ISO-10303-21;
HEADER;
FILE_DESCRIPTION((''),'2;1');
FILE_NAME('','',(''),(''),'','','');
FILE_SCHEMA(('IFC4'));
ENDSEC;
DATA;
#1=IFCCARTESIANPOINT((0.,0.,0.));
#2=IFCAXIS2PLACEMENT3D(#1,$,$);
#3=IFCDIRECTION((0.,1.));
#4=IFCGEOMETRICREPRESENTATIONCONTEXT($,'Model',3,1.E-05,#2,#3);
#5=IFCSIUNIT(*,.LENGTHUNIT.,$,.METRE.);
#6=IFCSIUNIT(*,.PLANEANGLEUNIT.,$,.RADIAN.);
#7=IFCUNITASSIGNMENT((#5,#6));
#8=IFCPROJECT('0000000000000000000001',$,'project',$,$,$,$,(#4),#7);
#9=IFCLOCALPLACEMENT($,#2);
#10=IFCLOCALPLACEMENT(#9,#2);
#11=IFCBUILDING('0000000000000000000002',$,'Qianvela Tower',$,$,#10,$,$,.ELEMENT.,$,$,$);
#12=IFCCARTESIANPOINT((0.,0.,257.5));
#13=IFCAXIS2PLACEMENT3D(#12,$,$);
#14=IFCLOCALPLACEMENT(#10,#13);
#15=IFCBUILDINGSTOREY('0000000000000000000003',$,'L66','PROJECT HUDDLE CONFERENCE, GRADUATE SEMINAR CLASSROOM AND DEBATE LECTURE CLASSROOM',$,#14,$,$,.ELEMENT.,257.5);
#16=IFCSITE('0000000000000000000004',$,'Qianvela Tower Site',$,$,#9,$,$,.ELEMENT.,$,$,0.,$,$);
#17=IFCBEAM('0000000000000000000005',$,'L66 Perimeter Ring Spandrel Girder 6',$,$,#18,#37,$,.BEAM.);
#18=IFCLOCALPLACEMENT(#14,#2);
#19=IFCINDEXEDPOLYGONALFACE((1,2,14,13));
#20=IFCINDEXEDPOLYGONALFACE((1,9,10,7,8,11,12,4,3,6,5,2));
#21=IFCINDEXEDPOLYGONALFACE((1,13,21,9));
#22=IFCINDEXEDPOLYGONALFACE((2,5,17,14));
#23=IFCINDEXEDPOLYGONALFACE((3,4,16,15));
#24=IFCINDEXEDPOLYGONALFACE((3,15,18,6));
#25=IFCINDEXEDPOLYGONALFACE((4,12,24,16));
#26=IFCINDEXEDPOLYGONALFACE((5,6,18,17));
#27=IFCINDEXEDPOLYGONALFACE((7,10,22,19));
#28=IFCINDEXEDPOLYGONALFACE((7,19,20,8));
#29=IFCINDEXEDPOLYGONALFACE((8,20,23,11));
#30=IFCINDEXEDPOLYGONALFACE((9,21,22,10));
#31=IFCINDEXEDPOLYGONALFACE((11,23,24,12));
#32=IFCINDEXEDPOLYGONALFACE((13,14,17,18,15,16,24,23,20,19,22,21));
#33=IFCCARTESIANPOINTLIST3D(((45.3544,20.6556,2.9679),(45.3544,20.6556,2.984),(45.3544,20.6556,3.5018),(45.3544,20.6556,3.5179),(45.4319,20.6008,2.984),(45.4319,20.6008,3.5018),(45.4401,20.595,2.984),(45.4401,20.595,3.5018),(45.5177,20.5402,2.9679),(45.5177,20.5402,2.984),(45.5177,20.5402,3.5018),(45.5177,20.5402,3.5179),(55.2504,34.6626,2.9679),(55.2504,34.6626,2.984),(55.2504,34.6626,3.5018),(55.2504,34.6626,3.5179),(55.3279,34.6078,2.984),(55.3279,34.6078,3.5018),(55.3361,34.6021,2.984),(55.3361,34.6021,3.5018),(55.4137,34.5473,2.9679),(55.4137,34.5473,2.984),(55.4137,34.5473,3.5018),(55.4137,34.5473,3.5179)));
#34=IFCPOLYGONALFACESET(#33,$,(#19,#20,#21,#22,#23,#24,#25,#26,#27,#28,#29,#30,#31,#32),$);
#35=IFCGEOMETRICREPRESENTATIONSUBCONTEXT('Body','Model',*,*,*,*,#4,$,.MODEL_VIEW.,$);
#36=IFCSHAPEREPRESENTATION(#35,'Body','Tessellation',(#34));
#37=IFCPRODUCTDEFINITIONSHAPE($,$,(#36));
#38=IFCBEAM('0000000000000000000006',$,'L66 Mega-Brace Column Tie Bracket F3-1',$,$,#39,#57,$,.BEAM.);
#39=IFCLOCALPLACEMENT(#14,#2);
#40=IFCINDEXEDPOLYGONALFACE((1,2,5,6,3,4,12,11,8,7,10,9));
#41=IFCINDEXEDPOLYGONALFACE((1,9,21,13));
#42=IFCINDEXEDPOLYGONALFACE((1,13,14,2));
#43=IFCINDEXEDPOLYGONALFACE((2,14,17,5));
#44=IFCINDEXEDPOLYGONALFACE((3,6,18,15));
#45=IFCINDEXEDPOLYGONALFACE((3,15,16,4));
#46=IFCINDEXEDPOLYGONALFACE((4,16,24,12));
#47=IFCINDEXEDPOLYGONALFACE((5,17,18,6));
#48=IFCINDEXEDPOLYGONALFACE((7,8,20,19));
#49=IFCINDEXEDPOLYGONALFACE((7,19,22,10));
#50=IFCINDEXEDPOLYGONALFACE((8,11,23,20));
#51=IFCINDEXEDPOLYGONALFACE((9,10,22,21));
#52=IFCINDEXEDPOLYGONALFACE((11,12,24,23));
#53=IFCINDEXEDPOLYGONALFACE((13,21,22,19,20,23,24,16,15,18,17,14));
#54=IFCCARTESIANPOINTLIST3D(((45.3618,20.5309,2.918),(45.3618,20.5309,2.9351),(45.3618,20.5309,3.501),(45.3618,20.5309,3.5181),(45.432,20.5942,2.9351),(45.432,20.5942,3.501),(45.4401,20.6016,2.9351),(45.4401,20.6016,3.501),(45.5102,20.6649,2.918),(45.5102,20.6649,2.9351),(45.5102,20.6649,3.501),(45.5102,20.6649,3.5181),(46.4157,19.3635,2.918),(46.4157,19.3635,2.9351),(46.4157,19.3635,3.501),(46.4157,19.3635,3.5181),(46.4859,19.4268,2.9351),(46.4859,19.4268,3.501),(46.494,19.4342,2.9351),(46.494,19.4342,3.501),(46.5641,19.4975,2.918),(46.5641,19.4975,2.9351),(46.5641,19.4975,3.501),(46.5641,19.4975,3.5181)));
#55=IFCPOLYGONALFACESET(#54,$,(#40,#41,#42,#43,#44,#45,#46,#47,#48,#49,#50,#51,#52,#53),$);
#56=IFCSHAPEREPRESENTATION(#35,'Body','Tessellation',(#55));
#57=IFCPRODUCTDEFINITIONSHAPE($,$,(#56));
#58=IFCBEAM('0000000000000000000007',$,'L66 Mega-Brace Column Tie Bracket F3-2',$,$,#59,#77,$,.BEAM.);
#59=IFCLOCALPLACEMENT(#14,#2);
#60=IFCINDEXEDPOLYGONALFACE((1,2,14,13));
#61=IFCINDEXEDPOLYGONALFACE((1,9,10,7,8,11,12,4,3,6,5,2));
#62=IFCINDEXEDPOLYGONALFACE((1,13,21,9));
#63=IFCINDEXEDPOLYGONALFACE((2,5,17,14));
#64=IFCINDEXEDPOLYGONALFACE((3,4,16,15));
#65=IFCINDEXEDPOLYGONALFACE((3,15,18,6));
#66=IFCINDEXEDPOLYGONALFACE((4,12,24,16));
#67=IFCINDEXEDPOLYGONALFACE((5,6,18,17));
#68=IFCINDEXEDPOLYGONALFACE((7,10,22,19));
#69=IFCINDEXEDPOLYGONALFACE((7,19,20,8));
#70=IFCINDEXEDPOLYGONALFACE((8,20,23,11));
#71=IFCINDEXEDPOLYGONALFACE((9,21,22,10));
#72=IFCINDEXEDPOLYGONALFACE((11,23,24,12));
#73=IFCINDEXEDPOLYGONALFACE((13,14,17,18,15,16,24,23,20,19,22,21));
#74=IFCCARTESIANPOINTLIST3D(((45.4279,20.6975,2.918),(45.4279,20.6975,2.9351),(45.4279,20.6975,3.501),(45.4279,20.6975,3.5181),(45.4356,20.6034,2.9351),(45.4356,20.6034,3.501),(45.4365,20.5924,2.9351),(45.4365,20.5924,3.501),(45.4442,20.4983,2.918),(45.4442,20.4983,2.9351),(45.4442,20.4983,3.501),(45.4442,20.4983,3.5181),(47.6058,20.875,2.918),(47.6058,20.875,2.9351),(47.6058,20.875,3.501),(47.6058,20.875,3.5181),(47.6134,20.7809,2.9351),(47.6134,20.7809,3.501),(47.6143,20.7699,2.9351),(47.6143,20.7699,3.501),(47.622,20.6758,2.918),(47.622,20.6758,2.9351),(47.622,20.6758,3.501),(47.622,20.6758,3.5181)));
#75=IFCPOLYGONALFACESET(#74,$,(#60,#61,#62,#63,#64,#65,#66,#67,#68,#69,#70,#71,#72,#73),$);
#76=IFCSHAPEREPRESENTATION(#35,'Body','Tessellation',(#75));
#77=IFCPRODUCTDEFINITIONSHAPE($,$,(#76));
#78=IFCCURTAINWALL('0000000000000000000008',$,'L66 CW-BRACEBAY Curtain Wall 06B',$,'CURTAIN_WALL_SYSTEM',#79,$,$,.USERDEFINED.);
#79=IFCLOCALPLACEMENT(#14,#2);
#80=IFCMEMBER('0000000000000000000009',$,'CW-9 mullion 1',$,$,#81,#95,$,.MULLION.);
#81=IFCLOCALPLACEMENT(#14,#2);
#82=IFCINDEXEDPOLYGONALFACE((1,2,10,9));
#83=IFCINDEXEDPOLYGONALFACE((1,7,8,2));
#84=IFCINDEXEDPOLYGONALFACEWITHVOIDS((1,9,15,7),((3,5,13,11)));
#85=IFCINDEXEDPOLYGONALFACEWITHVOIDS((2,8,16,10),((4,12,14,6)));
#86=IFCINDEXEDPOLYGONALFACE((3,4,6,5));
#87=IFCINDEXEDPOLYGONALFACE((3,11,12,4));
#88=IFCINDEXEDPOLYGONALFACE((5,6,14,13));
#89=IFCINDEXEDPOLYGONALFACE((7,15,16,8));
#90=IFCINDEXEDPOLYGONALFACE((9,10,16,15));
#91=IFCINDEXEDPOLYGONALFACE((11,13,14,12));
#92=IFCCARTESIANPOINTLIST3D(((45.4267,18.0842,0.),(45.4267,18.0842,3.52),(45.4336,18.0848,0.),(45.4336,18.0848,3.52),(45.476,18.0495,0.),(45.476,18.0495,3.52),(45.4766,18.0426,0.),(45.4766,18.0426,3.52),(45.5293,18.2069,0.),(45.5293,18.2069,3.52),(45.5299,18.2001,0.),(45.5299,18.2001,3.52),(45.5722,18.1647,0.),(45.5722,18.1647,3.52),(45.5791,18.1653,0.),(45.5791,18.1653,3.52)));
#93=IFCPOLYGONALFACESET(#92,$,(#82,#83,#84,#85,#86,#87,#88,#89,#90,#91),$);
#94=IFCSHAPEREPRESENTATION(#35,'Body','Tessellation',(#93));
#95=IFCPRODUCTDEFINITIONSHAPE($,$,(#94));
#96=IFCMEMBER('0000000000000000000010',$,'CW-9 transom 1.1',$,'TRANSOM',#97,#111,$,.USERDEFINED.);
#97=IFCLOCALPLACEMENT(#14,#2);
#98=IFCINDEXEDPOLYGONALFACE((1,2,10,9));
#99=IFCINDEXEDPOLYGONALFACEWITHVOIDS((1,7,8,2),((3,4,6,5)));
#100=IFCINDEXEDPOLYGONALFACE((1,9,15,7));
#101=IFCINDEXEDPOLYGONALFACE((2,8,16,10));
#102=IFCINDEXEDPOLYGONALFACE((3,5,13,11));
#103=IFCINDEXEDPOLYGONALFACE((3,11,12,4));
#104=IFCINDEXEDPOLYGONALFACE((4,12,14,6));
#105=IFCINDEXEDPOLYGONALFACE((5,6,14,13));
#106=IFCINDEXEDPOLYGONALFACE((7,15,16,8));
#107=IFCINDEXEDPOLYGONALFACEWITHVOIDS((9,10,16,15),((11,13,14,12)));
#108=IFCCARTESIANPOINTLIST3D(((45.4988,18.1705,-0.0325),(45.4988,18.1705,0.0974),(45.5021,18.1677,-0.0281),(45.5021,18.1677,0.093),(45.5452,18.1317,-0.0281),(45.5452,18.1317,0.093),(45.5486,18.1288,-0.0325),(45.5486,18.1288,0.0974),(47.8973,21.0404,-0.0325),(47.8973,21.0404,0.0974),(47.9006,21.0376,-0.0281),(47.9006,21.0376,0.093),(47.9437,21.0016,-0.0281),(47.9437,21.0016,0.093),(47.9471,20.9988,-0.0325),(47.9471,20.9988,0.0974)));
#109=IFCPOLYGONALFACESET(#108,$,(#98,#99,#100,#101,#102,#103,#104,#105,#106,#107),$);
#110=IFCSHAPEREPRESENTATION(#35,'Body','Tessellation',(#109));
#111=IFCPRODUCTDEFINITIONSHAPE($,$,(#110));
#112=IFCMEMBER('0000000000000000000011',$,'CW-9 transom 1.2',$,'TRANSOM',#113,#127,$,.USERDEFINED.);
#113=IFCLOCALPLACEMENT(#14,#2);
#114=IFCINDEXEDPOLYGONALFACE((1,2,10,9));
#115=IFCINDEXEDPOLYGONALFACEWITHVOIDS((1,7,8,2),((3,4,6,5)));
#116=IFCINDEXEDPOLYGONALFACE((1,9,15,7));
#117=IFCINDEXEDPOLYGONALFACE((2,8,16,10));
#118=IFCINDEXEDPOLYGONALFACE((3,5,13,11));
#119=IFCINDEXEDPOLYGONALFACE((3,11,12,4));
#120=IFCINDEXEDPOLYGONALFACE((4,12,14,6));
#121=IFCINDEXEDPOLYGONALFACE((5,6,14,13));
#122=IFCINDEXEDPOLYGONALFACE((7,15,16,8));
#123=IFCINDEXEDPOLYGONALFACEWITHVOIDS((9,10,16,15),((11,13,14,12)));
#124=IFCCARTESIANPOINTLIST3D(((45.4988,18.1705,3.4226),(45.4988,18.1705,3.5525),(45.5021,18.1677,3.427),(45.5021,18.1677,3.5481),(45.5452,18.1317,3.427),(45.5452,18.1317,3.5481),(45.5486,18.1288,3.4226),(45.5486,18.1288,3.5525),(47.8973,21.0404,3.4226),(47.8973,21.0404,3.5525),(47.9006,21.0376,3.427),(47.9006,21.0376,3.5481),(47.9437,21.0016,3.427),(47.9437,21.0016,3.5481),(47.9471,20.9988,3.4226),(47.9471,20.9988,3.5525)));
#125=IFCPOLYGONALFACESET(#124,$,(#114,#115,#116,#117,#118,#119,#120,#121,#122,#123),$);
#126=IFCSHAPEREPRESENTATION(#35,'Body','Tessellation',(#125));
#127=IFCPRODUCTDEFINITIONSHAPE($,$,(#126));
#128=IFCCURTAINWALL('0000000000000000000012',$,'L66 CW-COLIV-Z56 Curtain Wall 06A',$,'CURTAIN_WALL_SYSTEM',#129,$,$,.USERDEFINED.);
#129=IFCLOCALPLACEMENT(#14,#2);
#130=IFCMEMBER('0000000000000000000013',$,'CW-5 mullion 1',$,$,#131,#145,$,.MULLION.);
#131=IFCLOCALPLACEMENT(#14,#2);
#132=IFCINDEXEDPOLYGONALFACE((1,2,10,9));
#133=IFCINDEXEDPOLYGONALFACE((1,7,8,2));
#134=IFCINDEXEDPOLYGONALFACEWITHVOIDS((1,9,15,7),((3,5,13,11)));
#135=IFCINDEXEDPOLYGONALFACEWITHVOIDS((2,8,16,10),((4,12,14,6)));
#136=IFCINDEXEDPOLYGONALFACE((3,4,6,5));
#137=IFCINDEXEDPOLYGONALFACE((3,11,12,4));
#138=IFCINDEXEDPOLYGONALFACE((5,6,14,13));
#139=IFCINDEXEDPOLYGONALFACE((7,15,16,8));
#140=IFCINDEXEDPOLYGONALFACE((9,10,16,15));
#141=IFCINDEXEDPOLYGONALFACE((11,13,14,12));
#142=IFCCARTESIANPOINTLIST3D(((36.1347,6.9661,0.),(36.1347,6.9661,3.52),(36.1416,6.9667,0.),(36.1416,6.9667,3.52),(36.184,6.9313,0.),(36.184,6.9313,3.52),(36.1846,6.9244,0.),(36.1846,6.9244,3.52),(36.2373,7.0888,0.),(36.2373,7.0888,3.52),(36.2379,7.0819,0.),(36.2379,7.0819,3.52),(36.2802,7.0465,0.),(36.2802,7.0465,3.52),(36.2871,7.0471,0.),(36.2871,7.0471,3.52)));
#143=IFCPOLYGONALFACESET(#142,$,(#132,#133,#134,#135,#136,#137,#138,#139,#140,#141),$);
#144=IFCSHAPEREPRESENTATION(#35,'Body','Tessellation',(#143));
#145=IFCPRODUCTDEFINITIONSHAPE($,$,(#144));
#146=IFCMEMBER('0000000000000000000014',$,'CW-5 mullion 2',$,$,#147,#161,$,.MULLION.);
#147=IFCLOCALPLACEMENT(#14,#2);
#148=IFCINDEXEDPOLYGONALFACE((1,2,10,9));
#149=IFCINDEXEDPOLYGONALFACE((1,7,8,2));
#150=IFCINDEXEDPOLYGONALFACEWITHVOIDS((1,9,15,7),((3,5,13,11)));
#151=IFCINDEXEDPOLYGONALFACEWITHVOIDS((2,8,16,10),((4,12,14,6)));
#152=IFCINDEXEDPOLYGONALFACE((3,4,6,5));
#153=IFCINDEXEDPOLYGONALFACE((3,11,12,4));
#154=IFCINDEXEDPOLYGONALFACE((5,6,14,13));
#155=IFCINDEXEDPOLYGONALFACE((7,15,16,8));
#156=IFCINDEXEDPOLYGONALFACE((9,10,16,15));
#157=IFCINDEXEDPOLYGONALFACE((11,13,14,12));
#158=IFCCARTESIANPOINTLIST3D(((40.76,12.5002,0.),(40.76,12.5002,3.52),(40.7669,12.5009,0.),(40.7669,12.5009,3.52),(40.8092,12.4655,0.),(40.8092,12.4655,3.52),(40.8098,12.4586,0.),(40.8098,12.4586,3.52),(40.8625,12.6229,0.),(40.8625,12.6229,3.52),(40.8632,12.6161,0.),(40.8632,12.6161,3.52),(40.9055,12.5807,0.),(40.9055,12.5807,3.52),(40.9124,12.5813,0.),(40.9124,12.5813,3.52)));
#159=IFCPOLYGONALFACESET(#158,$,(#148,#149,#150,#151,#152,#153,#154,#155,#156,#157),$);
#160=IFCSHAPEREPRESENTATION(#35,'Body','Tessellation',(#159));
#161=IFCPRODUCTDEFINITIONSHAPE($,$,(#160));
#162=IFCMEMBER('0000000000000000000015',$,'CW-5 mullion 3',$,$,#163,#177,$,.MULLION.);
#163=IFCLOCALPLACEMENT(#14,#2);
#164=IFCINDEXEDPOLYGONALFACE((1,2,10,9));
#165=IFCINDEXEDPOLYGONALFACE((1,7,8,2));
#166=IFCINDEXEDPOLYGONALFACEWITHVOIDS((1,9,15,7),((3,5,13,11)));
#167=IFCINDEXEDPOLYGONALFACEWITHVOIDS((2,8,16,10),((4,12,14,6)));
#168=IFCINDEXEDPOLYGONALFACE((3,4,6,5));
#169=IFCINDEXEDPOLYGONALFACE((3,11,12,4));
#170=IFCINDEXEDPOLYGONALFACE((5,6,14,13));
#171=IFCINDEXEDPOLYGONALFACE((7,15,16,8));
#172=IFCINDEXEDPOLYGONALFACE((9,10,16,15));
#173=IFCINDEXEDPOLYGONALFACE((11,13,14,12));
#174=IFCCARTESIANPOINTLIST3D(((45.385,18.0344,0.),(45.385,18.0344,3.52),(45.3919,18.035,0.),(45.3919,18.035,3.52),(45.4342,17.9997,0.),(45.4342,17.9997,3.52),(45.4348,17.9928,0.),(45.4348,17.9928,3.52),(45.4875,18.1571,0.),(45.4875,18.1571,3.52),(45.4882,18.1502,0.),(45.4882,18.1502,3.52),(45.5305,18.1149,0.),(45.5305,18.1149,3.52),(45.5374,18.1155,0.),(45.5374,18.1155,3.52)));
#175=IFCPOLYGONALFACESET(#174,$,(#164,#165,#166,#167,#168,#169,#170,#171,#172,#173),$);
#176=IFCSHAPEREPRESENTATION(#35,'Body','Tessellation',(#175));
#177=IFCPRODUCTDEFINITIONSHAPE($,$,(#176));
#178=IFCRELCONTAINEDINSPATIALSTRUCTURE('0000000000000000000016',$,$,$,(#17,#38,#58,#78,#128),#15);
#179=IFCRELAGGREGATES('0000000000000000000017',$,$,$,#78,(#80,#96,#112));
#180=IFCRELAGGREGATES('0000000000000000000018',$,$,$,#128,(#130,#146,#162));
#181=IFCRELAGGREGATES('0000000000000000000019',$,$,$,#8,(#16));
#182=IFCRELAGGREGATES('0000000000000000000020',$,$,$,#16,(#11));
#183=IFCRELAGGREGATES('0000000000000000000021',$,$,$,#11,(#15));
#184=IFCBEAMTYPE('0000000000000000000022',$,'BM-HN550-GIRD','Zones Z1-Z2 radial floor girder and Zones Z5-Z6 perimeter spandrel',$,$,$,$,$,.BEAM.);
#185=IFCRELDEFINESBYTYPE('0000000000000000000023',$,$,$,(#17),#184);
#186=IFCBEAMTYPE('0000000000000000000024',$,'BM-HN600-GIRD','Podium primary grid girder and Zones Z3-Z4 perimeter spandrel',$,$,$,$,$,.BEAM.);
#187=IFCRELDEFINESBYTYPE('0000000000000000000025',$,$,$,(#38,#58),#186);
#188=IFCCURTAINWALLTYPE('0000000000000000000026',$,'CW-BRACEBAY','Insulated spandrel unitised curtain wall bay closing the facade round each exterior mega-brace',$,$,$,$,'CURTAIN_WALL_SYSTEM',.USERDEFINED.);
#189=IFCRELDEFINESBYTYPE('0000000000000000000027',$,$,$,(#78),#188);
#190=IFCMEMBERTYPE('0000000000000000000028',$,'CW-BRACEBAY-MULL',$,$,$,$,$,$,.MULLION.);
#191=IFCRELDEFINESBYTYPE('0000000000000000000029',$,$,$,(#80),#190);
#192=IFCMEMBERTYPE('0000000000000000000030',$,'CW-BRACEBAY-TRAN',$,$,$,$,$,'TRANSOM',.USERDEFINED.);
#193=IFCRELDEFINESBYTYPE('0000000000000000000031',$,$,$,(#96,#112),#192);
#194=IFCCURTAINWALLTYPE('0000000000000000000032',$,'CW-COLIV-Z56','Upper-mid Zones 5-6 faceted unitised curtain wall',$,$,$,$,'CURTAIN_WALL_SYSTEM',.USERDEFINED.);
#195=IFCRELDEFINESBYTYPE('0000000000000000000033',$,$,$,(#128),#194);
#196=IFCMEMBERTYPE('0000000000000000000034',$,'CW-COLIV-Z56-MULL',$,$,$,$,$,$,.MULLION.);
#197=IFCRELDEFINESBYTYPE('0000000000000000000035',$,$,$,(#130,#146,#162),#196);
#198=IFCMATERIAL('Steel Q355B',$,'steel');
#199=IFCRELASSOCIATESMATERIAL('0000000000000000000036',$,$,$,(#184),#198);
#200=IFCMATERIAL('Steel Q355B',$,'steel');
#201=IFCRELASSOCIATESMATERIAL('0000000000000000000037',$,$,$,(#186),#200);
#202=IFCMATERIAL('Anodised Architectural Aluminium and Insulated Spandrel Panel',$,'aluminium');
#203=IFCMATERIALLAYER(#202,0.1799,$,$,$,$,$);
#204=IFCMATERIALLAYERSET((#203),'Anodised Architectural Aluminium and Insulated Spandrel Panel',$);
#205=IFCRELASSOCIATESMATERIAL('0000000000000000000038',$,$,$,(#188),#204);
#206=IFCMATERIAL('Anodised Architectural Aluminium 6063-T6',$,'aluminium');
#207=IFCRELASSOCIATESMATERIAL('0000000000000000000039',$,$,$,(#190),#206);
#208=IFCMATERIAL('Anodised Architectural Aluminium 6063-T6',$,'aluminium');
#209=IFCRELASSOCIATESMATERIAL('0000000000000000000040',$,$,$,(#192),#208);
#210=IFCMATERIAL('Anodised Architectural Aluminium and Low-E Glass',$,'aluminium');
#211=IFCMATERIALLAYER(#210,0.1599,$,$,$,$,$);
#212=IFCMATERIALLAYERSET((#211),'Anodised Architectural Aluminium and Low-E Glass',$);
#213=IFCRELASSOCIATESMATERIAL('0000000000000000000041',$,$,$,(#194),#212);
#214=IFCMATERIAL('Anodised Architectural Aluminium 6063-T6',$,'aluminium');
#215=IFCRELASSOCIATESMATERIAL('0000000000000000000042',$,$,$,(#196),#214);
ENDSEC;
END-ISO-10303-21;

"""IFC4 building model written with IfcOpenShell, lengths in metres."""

from ifc_helpers import new_model, si_unit, direction, frame, origin, origin_2d, place, context, subcontext, project, spatial, hollow_rectangle, i_section, extrude, material, layer, layer_set, material_profile, profile_set, type_object, element, aggregate, save


model = new_model("IFC4")

# Units and contexts
model_context = context("Model", 3, precision=1e-05, world=origin(), true_north=direction((0.0, 1.0)))
body_context = subcontext(model_context, "Body", "Model", "MODEL_VIEW")
ifc_project = project(units=[si_unit("LENGTHUNIT", "METRE"), si_unit("PLANEANGLEUNIT", "RADIAN")], contexts=[model_context])

# Site, building, storey
site_placement = place(None, origin())
site = spatial("IfcSite", under=ifc_project, at=site_placement, Name="Qianvela Tower Site", CompositionType="ELEMENT", RefElevation=0.0)
building_placement = place(site_placement, origin())
building = spatial("IfcBuilding", under=site, at=building_placement, Name="Qianvela Tower", CompositionType="ELEMENT")
storey_placement = place(building_placement, frame((0.0, 0.0, 257.5)))
storey = spatial("IfcBuildingStorey", under=building, at=storey_placement, Name="L66", Description="PROJECT HUDDLE CONFERENCE, GRADUATE SEMINAR CLASSROOM AND DEBATE LECTURE CLASSROOM", CompositionType="ELEMENT", Elevation=257.5)

# Beams
ifc_material_1 = material(Name="Steel Q355B", Category="steel")
ifc_material_profile_1 = material_profile(ifc_material_1, i_section(OverallWidth=0.2, OverallDepth=0.55, WebThickness=0.01, FlangeThickness=0.0161, at=origin_2d()), Name="HN550x200x10x16")
ifc_profile_set_1 = profile_set([ifc_material_profile_1], Name="Steel Q355B")
beam_type_1 = type_object("IfcBeamType", Name="BM-HN550-GIRD", Description="Zones Z1-Z2 radial floor girder and Zones Z5-Z6 perimeter spandrel", PredefinedType="BEAM", material=ifc_profile_set_1)
beam_1_placement = place(storey_placement, frame((45.436, 20.5979, 3.2429), z_axis=(0.57702, 0.81673, 0.0), x_axis=(-0.81673, 0.57702, 0.0)))
element("IfcBeam", 1, at=beam_1_placement, inside=storey, type_object=beam_type_1, Name="L66 Perimeter Ring Spandrel Girder 6", PredefinedType="BEAM", context=body_context, shape_type="SweptSolid", body=[
    extrude(i_section(OverallWidth=0.2, OverallDepth=0.55, WebThickness=0.01, FlangeThickness=0.0161, at=origin_2d()), origin(), (0.0, 0.0, 1.0), 17.1501),
])
ifc_material_2 = material(Name="Steel Q355B", Category="steel")
ifc_material_profile_2 = material_profile(ifc_material_2, i_section(OverallWidth=0.2, OverallDepth=0.6001, WebThickness=0.011, FlangeThickness=0.0171, at=origin_2d()), Name="HN600x200x11x17")
ifc_profile_set_2 = profile_set([ifc_material_profile_2], Name="Steel Q355B")
beam_type_2 = type_object("IfcBeamType", Name="BM-HN600-GIRD", Description="Podium primary grid girder and Zones Z3-Z4 perimeter spandrel", PredefinedType="BEAM", material=ifc_profile_set_2)
beam_2_placement = place(storey_placement, frame((45.436, 20.5979, 3.218), z_axis=(0.670096, -0.742274, 0.0), x_axis=(0.742274, 0.670096, 0.0)))
element("IfcBeam", 2, at=beam_2_placement, inside=storey, type_object=beam_type_2, Name="L66 Mega-Brace Column Tie Bracket F3-1", PredefinedType="BEAM", context=body_context, shape_type="SweptSolid", body=[
    extrude(i_section(OverallWidth=0.2, OverallDepth=0.6001, WebThickness=0.011, FlangeThickness=0.0171, at=origin_2d()), origin(), (0.0, 0.0, 1.0), 1.5728),
])
beam_3_placement = place(storey_placement, frame((45.436, 20.5979, 3.218), z_axis=(0.996695, 0.081233, 0.0), x_axis=(-0.081233, 0.996695, 0.0)))
element("IfcBeam", 3, at=beam_3_placement, inside=storey, type_object=beam_type_2, Name="L66 Mega-Brace Column Tie Bracket F3-2", PredefinedType="BEAM", context=body_context, shape_type="SweptSolid", body=[
    extrude(i_section(OverallWidth=0.2, OverallDepth=0.6001, WebThickness=0.011, FlangeThickness=0.0171, at=origin_2d()), origin(), (0.0, 0.0, 1.0), 2.1851),
])

# Curtain walls, members
ifc_material_3 = material(Name="Anodised Architectural Aluminium and Insulated Spandrel Panel", Category="aluminium")
ifc_layer_1 = layer(ifc_material_3, 0.1799)
ifc_layer_set_1 = layer_set([ifc_layer_1], Name="Anodised Architectural Aluminium and Insulated Spandrel Panel")
curtain_wall_type_1 = type_object("IfcCurtainWallType", Name="CW-BRACEBAY", Description="Insulated spandrel unitised curtain wall bay closing the facade round each exterior mega-brace", ElementType="CURTAIN_WALL_SYSTEM", PredefinedType="USERDEFINED", material=ifc_layer_set_1)
curtain_wall_1_placement = place(storey_placement, origin())
curtain_wall_1 = element("IfcCurtainWall", 4, at=curtain_wall_1_placement, inside=storey, type_object=curtain_wall_type_1, Name="L66 CW-BRACEBAY Curtain Wall 06B", ObjectType="CURTAIN_WALL_SYSTEM", PredefinedType="USERDEFINED")
ifc_material_4 = material(Name="Anodised Architectural Aluminium 6063-T6", Category="aluminium")
ifc_material_profile_3 = material_profile(ifc_material_4, hollow_rectangle(XDim=0.0649, YDim=0.1599, WallThickness=0.0049, at=origin_2d()), Name="ALU-MULL-65x160")
ifc_profile_set_3 = profile_set([ifc_material_profile_3], Name="Anodised Architectural Aluminium 6063-T6")
member_type_1 = type_object("IfcMemberType", Name="CW-BRACEBAY-MULL", PredefinedType="MULLION", material=ifc_profile_set_3)
member_1_placement = place(storey_placement, frame((45.5029, 18.1248, 0.0), z_axis=(0.0, 0.0, 1.0), x_axis=(-0.767316, 0.641269, 0.0)))
member_1 = element("IfcMember", 5, at=member_1_placement, type_object=member_type_1, Name="CW-9 mullion 1", PredefinedType="MULLION", context=body_context, shape_type="SweptSolid", body=[
    extrude(hollow_rectangle(XDim=0.0649, YDim=0.1599, WallThickness=0.0049, at=origin_2d()), origin(), (0.0, 0.0, 1.0), 3.52),
])
ifc_material_5 = material(Name="Anodised Architectural Aluminium 6063-T6", Category="aluminium")
ifc_material_profile_4 = material_profile(ifc_material_5, hollow_rectangle(XDim=0.0649, YDim=0.1299, WallThickness=0.0044, at=origin_2d()), Name="ALU-TRAN-65x130")
ifc_profile_set_4 = profile_set([ifc_material_profile_4], Name="Anodised Architectural Aluminium 6063-T6")
member_type_2 = type_object("IfcMemberType", Name="CW-BRACEBAY-TRAN", ElementType="TRANSOM", PredefinedType="USERDEFINED", material=ifc_profile_set_4)
member_2_placement = place(storey_placement, frame((45.5237, 18.1497, 0.0325), z_axis=(0.641269, 0.767316, 0.0), x_axis=(-0.767316, 0.641269, 0.0)))
member_2 = element("IfcMember", 6, at=member_2_placement, type_object=member_type_2, Name="CW-9 transom 1.1", ObjectType="TRANSOM", PredefinedType="USERDEFINED", context=body_context, shape_type="SweptSolid", body=[
    extrude(hollow_rectangle(XDim=0.0649, YDim=0.1299, WallThickness=0.0044, at=origin_2d()), origin(), (0.0, 0.0, 1.0), 3.7402),
])
member_3_placement = place(storey_placement, frame((45.5237, 18.1497, 3.4875), z_axis=(0.641269, 0.767316, 0.0), x_axis=(-0.767316, 0.641269, 0.0)))
member_3 = element("IfcMember", 7, at=member_3_placement, type_object=member_type_2, Name="CW-9 transom 1.2", ObjectType="TRANSOM", PredefinedType="USERDEFINED", context=body_context, shape_type="SweptSolid", body=[
    extrude(hollow_rectangle(XDim=0.0649, YDim=0.1299, WallThickness=0.0044, at=origin_2d()), origin(), (0.0, 0.0, 1.0), 3.7402),
])
ifc_material_6 = material(Name="Anodised Architectural Aluminium and Low-E Glass", Category="aluminium")
ifc_layer_2 = layer(ifc_material_6, 0.1599)
ifc_layer_set_2 = layer_set([ifc_layer_2], Name="Anodised Architectural Aluminium and Low-E Glass")
curtain_wall_type_2 = type_object("IfcCurtainWallType", Name="CW-COLIV-Z56", Description="Upper-mid Zones 5-6 faceted unitised curtain wall", ElementType="CURTAIN_WALL_SYSTEM", PredefinedType="USERDEFINED", material=ifc_layer_set_2)
curtain_wall_2_placement = place(storey_placement, origin())
curtain_wall_2 = element("IfcCurtainWall", 8, at=curtain_wall_2_placement, inside=storey, type_object=curtain_wall_type_2, Name="L66 CW-COLIV-Z56 Curtain Wall 06A", ObjectType="CURTAIN_WALL_SYSTEM", PredefinedType="USERDEFINED")
ifc_material_7 = material(Name="Anodised Architectural Aluminium 6063-T6", Category="aluminium")
ifc_material_profile_5 = material_profile(ifc_material_7, hollow_rectangle(XDim=0.0649, YDim=0.1599, WallThickness=0.0049, at=origin_2d()), Name="ALU-MULL-65x160")
ifc_profile_set_5 = profile_set([ifc_material_profile_5], Name="Anodised Architectural Aluminium 6063-T6")
member_type_3 = type_object("IfcMemberType", Name="CW-COLIV-Z56-MULL", PredefinedType="MULLION", material=ifc_profile_set_5)
member_4_placement = place(storey_placement, frame((36.2109, 7.0066, 0.0), z_axis=(0.0, 0.0, 1.0), x_axis=(-0.767313, 0.641273, 0.0)))
member_4 = element("IfcMember", 9, at=member_4_placement, type_object=member_type_3, Name="CW-5 mullion 1", PredefinedType="MULLION", context=body_context, shape_type="SweptSolid", body=[
    extrude(hollow_rectangle(XDim=0.0649, YDim=0.1599, WallThickness=0.0049, at=origin_2d()), origin(), (0.0, 0.0, 1.0), 3.52),
])
member_5_placement = place(storey_placement, frame((40.8362, 12.5408, 0.0), z_axis=(0.0, 0.0, 1.0), x_axis=(-0.767313, 0.641273, 0.0)))
member_5 = element("IfcMember", 10, at=member_5_placement, type_object=member_type_3, Name="CW-5 mullion 2", PredefinedType="MULLION", context=body_context, shape_type="SweptSolid", body=[
    extrude(hollow_rectangle(XDim=0.0649, YDim=0.1599, WallThickness=0.0049, at=origin_2d()), origin(), (0.0, 0.0, 1.0), 3.52),
])
member_6_placement = place(storey_placement, frame((45.4612, 18.075, 0.0), z_axis=(0.0, 0.0, 1.0), x_axis=(-0.767313, 0.641273, 0.0)))
member_6 = element("IfcMember", 11, at=member_6_placement, type_object=member_type_3, Name="CW-5 mullion 3", PredefinedType="MULLION", context=body_context, shape_type="SweptSolid", body=[
    extrude(hollow_rectangle(XDim=0.0649, YDim=0.1599, WallThickness=0.0049, at=origin_2d()), origin(), (0.0, 0.0, 1.0), 3.52),
])

aggregate(curtain_wall_1, [member_1, member_2, member_3])
aggregate(curtain_wall_2, [member_4, member_5, member_6])

save(model, "model.ifc")
